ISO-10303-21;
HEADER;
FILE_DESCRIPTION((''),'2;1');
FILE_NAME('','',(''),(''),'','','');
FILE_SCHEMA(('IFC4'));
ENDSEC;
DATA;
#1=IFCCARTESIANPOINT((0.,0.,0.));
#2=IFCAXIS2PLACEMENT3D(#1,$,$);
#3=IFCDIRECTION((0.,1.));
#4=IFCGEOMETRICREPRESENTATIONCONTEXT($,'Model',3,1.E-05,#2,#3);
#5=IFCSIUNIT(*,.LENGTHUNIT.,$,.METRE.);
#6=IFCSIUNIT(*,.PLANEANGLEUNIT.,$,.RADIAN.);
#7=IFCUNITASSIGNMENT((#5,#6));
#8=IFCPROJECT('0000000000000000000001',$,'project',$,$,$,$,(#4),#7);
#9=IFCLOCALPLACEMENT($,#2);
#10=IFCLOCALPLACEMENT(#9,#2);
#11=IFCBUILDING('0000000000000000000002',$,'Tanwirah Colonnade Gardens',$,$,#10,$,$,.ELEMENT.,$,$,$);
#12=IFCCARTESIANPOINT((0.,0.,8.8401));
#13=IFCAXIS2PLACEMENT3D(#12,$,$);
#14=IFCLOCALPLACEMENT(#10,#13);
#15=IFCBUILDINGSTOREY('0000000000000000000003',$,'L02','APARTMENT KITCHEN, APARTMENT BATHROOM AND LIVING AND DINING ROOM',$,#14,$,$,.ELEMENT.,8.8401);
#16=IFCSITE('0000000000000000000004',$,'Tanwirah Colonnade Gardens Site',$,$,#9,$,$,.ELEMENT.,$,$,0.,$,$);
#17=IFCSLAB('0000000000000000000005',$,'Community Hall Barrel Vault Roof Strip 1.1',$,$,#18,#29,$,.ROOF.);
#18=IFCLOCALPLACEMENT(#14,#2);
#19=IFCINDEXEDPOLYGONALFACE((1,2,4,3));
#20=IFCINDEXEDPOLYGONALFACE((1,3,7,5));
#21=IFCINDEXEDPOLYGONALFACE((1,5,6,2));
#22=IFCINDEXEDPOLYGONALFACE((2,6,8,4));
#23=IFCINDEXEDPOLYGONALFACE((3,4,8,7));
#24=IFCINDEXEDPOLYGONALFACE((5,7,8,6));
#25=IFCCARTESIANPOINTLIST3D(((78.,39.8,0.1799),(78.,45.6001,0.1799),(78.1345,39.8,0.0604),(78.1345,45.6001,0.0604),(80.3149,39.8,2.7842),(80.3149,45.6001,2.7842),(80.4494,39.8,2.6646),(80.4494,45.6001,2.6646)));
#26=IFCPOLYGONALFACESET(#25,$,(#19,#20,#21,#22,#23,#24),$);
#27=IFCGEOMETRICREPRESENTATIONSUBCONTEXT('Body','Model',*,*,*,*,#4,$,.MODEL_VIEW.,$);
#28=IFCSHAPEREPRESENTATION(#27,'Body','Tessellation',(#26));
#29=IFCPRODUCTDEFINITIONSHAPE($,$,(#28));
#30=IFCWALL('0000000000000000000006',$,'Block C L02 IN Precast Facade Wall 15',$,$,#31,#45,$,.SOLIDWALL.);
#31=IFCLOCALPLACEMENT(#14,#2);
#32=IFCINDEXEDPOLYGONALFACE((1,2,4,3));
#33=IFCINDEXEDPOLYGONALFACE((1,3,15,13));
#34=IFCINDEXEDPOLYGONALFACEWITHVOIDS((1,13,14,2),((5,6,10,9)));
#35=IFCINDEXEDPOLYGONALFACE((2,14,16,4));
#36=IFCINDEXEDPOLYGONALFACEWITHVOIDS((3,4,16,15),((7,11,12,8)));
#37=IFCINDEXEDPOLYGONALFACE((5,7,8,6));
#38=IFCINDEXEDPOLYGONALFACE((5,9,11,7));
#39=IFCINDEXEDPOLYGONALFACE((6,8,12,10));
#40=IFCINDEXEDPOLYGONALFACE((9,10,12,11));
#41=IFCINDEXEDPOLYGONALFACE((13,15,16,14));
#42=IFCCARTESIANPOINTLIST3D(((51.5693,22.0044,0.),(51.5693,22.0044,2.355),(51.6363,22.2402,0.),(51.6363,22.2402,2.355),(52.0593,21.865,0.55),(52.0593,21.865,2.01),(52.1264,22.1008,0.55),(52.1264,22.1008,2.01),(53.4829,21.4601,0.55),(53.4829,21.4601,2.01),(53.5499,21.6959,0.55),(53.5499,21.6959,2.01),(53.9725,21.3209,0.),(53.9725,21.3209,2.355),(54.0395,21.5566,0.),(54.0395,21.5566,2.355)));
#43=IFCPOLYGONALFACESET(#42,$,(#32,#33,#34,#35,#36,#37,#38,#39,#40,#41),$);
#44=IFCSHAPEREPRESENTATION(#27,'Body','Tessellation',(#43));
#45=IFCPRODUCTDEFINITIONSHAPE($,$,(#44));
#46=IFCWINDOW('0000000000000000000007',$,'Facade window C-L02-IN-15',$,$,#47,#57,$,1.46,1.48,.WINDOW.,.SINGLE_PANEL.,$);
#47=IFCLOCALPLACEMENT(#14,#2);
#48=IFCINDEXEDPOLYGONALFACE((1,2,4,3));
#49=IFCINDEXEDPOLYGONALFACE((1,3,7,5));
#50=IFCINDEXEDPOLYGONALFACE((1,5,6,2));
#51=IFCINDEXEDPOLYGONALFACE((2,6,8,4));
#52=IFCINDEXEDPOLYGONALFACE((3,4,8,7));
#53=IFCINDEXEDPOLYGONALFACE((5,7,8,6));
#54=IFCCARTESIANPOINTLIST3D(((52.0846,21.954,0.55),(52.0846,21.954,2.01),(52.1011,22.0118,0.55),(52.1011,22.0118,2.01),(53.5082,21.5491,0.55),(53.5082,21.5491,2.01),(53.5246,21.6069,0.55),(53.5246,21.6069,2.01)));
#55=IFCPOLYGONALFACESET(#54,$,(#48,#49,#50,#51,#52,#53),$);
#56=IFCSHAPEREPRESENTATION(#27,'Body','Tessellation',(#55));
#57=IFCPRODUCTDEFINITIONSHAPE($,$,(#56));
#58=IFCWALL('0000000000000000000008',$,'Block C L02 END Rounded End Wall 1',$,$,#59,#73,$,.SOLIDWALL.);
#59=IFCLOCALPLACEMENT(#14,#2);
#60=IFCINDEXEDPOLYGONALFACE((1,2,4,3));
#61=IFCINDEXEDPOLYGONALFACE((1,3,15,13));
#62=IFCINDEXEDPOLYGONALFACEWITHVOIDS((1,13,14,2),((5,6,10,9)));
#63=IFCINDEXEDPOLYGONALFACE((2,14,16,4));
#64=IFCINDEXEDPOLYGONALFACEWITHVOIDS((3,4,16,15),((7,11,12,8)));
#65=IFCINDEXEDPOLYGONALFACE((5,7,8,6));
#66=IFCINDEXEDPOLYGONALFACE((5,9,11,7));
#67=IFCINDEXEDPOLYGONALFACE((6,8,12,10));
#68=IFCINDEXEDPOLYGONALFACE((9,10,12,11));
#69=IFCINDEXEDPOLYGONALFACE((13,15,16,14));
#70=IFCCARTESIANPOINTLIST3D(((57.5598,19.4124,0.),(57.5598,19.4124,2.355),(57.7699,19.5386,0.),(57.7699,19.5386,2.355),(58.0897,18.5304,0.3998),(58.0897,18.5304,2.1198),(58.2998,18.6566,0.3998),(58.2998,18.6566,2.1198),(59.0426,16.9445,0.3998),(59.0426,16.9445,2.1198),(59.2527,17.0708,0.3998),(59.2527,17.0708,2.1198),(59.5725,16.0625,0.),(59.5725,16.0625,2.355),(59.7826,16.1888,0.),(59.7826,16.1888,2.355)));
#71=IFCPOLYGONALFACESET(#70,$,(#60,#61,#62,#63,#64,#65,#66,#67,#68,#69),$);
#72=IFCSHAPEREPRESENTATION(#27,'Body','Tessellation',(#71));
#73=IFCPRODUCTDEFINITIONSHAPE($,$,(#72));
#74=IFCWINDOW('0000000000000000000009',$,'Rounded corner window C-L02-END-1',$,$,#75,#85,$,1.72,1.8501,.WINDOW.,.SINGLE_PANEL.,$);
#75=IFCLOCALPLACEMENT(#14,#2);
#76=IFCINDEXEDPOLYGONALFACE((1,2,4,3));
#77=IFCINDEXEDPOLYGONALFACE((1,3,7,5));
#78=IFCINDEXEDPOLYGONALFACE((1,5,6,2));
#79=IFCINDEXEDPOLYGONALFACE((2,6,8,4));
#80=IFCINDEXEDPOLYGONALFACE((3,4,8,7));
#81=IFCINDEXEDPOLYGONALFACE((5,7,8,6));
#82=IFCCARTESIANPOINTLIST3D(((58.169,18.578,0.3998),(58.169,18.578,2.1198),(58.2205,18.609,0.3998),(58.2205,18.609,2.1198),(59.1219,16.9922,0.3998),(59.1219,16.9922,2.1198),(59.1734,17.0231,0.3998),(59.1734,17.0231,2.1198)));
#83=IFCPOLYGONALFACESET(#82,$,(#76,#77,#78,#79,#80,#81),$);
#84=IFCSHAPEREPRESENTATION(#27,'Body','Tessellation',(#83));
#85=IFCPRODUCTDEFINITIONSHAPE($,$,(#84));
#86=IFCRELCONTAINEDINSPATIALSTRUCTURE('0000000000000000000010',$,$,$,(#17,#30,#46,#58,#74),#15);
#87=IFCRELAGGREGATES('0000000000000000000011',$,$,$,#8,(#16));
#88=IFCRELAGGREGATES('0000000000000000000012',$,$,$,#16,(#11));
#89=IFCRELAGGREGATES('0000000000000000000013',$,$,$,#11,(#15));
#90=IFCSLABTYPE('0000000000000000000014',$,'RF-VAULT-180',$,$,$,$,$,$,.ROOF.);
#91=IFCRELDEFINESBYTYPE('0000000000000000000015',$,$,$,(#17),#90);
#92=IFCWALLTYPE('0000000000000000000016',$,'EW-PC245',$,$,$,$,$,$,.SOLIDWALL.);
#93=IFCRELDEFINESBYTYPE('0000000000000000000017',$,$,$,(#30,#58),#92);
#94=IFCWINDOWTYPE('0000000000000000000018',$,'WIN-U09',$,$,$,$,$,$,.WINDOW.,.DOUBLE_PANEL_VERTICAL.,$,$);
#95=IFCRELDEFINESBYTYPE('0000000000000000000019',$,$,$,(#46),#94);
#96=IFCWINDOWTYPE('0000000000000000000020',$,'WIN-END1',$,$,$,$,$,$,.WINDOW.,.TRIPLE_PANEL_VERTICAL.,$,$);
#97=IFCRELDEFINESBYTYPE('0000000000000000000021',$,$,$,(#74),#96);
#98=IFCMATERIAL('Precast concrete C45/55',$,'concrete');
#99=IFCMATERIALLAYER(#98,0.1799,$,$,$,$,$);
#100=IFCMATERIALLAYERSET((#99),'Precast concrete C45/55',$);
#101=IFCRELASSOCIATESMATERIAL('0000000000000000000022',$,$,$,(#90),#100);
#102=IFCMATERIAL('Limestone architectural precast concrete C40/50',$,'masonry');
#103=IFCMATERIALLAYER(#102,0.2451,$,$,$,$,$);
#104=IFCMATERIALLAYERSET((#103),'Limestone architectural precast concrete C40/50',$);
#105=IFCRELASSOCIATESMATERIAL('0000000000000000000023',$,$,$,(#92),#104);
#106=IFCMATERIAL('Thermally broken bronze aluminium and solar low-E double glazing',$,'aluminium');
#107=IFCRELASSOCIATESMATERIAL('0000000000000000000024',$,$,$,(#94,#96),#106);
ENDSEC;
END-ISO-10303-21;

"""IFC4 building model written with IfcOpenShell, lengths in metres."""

from ifc_helpers import new_model, si_unit, direction, frame, frame_2d, origin, place, context, subcontext, project, spatial, polyline, rectangle, outline, extrude, material, layer, layer_set, type_object, element, fill, save


model = new_model("IFC4")

# Units and contexts
model_context = context("Model", 3, precision=1e-05, world=origin(), true_north=direction((0.0, 1.0)))
body_context = subcontext(model_context, "Body", "Model", "MODEL_VIEW")
ifc_project = project(units=[si_unit("LENGTHUNIT", "METRE"), si_unit("PLANEANGLEUNIT", "RADIAN")], contexts=[model_context])

# Site, building, storey
site_placement = place(None, origin())
site = spatial("IfcSite", under=ifc_project, at=site_placement, Name="Tanwirah Colonnade Gardens Site", CompositionType="ELEMENT", RefElevation=0.0)
building_placement = place(site_placement, origin())
building = spatial("IfcBuilding", under=site, at=building_placement, Name="Tanwirah Colonnade Gardens", CompositionType="ELEMENT")
storey_placement = place(building_placement, frame((0.0, 0.0, 8.8401)))
storey = spatial("IfcBuildingStorey", under=building, at=storey_placement, Name="L02", Description="APARTMENT KITCHEN, APARTMENT BATHROOM AND LIVING AND DINING ROOM", CompositionType="ELEMENT", Elevation=8.8401)

# Shared definitions
ifc_material_1 = material(Name="Precast concrete C45/55", Category="concrete")

# Slab
ifc_layer_1 = layer(ifc_material_1, 0.1799)
ifc_layer_set_1 = layer_set([ifc_layer_1], Name="Precast concrete C45/55")
slab_type_1 = type_object("IfcSlabType", Name="RF-VAULT-180", PredefinedType="ROOF", material=ifc_layer_set_1)
slab_1_placement = place(storey_placement, frame((78.0, 39.8, 0.1799), z_axis=(-0.747402, 0.0, 0.664373), x_axis=(0.664373, 0.0, 0.747402)))
element("IfcSlab", 1, at=slab_1_placement, inside=storey, type_object=slab_type_1, Name="Community Hall Barrel Vault Roof Strip 1.1", PredefinedType="ROOF", context=body_context, shape_type="SweptSolid", body=[
    extrude(outline(polyline([(0.0, 0.0), (3.4844, 0.0), (3.4844, 5.8), (0.0, 5.8), (0.0, 0.0)])), origin(), (0.0, 0.0, -1.0), 0.1799),
])

# Walls, openings, windows
ifc_material_2 = material(Name="Limestone architectural precast concrete C40/50", Category="masonry")
ifc_layer_2 = layer(ifc_material_2, 0.2451)
ifc_layer_set_2 = layer_set([ifc_layer_2], Name="Limestone architectural precast concrete C40/50")
wall_type = type_object("IfcWallType", Name="EW-PC245", PredefinedType="SOLIDWALL", material=ifc_layer_set_2)
wall_1_placement = place(storey_placement, frame((51.6028, 22.1223, 0.0), z_axis=(0.0, 0.0, 1.0), x_axis=(0.961848, -0.273585, 0.0)))
wall_1 = element("IfcWall", 2, at=wall_1_placement, inside=storey, type_object=wall_type, Name="Block C L02 IN Precast Facade Wall 15", PredefinedType="SOLIDWALL", context=body_context, shape_type="SweptSolid", body=[
    extrude(rectangle(XDim=2.4985, YDim=0.2451, at=frame_2d((1.2493, 0.0))), origin(), (0.0, 0.0, 1.0), 2.355),
])
opening_1_placement = place(wall_1_placement, frame((0.5095, 0.0, 0.55)))
opening_1 = element("IfcOpeningElement", 3, at=opening_1_placement, cuts=wall_1, PredefinedType="OPENING", context=body_context, shape_type="SweptSolid", body=[
    extrude(rectangle(XDim=1.48, YDim=1.46, at=frame_2d((0.74, 0.73))), frame((0.0, 0.1326, 0.0), z_axis=(0.0, -1.0, 0.0), x_axis=(1.0, 0.0, 0.0)), (0.0, 0.0, 1.0), 0.2651),
])
ifc_material_3 = material(Name="Thermally broken bronze aluminium and solar low-E double glazing", Category="aluminium")
window_type_1 = type_object("IfcWindowType", Name="WIN-U09", PartitioningType="DOUBLE_PANEL_VERTICAL", PredefinedType="WINDOW", material=ifc_material_3)
window_1_placement = place(opening_1_placement, origin())
window_1 = element("IfcWindow", 4, at=window_1_placement, inside=storey, type_object=window_type_1, Name="Facade window C-L02-IN-15", OverallHeight=1.46, OverallWidth=1.48, PartitioningType="SINGLE_PANEL", PredefinedType="WINDOW", context=body_context, shape_type="SweptSolid", body=[
    extrude(rectangle(XDim=1.48, YDim=1.46, at=frame_2d((0.74, 0.73))), frame((0.0, 0.03, 0.0), z_axis=(0.0, -1.0, 0.0), x_axis=(1.0, 0.0, 0.0)), (0.0, 0.0, 1.0), 0.0601),
])
fill(opening_1, window_1)
wall_2_placement = place(storey_placement, frame((57.6648, 19.4756, 0.0), z_axis=(0.0, 0.0, 1.0), x_axis=(0.515019, -0.857179, 0.0)))
wall_2 = element("IfcWall", 5, at=wall_2_placement, inside=storey, type_object=wall_type, Name="Block C L02 END Rounded End Wall 1", PredefinedType="SOLIDWALL", context=body_context, shape_type="SweptSolid", body=[
    extrude(rectangle(XDim=3.908, YDim=0.2451, at=frame_2d((1.9541, 0.0))), origin(), (0.0, 0.0, 1.0), 2.355),
])
opening_2_placement = place(wall_2_placement, frame((1.0291, 0.0, 0.3999)))
opening_2 = element("IfcOpeningElement", 6, at=opening_2_placement, cuts=wall_2, PredefinedType="OPENING", context=body_context, shape_type="SweptSolid", body=[
    extrude(rectangle(XDim=1.8501, YDim=1.72, at=frame_2d((0.925, 0.8599))), frame((0.0, 0.1326, 0.0), z_axis=(0.0, -1.0, 0.0), x_axis=(1.0, 0.0, 0.0)), (0.0, 0.0, 1.0), 0.2651),
])
window_type_2 = type_object("IfcWindowType", Name="WIN-END1", PartitioningType="TRIPLE_PANEL_VERTICAL", PredefinedType="WINDOW", material=ifc_material_3)
window_2_placement = place(opening_2_placement, origin())
window_2 = element("IfcWindow", 7, at=window_2_placement, inside=storey, type_object=window_type_2, Name="Rounded corner window C-L02-END-1", OverallHeight=1.72, OverallWidth=1.8501, PartitioningType="SINGLE_PANEL", PredefinedType="WINDOW", context=body_context, shape_type="SweptSolid", body=[
    extrude(rectangle(XDim=1.8501, YDim=1.72, at=frame_2d((0.925, 0.8599))), frame((0.0, 0.03, 0.0), z_axis=(0.0, -1.0, 0.0), x_axis=(1.0, 0.0, 0.0)), (0.0, 0.0, 1.0), 0.0601),
])
fill(opening_2, window_2)

save(model, "model.ifc")
